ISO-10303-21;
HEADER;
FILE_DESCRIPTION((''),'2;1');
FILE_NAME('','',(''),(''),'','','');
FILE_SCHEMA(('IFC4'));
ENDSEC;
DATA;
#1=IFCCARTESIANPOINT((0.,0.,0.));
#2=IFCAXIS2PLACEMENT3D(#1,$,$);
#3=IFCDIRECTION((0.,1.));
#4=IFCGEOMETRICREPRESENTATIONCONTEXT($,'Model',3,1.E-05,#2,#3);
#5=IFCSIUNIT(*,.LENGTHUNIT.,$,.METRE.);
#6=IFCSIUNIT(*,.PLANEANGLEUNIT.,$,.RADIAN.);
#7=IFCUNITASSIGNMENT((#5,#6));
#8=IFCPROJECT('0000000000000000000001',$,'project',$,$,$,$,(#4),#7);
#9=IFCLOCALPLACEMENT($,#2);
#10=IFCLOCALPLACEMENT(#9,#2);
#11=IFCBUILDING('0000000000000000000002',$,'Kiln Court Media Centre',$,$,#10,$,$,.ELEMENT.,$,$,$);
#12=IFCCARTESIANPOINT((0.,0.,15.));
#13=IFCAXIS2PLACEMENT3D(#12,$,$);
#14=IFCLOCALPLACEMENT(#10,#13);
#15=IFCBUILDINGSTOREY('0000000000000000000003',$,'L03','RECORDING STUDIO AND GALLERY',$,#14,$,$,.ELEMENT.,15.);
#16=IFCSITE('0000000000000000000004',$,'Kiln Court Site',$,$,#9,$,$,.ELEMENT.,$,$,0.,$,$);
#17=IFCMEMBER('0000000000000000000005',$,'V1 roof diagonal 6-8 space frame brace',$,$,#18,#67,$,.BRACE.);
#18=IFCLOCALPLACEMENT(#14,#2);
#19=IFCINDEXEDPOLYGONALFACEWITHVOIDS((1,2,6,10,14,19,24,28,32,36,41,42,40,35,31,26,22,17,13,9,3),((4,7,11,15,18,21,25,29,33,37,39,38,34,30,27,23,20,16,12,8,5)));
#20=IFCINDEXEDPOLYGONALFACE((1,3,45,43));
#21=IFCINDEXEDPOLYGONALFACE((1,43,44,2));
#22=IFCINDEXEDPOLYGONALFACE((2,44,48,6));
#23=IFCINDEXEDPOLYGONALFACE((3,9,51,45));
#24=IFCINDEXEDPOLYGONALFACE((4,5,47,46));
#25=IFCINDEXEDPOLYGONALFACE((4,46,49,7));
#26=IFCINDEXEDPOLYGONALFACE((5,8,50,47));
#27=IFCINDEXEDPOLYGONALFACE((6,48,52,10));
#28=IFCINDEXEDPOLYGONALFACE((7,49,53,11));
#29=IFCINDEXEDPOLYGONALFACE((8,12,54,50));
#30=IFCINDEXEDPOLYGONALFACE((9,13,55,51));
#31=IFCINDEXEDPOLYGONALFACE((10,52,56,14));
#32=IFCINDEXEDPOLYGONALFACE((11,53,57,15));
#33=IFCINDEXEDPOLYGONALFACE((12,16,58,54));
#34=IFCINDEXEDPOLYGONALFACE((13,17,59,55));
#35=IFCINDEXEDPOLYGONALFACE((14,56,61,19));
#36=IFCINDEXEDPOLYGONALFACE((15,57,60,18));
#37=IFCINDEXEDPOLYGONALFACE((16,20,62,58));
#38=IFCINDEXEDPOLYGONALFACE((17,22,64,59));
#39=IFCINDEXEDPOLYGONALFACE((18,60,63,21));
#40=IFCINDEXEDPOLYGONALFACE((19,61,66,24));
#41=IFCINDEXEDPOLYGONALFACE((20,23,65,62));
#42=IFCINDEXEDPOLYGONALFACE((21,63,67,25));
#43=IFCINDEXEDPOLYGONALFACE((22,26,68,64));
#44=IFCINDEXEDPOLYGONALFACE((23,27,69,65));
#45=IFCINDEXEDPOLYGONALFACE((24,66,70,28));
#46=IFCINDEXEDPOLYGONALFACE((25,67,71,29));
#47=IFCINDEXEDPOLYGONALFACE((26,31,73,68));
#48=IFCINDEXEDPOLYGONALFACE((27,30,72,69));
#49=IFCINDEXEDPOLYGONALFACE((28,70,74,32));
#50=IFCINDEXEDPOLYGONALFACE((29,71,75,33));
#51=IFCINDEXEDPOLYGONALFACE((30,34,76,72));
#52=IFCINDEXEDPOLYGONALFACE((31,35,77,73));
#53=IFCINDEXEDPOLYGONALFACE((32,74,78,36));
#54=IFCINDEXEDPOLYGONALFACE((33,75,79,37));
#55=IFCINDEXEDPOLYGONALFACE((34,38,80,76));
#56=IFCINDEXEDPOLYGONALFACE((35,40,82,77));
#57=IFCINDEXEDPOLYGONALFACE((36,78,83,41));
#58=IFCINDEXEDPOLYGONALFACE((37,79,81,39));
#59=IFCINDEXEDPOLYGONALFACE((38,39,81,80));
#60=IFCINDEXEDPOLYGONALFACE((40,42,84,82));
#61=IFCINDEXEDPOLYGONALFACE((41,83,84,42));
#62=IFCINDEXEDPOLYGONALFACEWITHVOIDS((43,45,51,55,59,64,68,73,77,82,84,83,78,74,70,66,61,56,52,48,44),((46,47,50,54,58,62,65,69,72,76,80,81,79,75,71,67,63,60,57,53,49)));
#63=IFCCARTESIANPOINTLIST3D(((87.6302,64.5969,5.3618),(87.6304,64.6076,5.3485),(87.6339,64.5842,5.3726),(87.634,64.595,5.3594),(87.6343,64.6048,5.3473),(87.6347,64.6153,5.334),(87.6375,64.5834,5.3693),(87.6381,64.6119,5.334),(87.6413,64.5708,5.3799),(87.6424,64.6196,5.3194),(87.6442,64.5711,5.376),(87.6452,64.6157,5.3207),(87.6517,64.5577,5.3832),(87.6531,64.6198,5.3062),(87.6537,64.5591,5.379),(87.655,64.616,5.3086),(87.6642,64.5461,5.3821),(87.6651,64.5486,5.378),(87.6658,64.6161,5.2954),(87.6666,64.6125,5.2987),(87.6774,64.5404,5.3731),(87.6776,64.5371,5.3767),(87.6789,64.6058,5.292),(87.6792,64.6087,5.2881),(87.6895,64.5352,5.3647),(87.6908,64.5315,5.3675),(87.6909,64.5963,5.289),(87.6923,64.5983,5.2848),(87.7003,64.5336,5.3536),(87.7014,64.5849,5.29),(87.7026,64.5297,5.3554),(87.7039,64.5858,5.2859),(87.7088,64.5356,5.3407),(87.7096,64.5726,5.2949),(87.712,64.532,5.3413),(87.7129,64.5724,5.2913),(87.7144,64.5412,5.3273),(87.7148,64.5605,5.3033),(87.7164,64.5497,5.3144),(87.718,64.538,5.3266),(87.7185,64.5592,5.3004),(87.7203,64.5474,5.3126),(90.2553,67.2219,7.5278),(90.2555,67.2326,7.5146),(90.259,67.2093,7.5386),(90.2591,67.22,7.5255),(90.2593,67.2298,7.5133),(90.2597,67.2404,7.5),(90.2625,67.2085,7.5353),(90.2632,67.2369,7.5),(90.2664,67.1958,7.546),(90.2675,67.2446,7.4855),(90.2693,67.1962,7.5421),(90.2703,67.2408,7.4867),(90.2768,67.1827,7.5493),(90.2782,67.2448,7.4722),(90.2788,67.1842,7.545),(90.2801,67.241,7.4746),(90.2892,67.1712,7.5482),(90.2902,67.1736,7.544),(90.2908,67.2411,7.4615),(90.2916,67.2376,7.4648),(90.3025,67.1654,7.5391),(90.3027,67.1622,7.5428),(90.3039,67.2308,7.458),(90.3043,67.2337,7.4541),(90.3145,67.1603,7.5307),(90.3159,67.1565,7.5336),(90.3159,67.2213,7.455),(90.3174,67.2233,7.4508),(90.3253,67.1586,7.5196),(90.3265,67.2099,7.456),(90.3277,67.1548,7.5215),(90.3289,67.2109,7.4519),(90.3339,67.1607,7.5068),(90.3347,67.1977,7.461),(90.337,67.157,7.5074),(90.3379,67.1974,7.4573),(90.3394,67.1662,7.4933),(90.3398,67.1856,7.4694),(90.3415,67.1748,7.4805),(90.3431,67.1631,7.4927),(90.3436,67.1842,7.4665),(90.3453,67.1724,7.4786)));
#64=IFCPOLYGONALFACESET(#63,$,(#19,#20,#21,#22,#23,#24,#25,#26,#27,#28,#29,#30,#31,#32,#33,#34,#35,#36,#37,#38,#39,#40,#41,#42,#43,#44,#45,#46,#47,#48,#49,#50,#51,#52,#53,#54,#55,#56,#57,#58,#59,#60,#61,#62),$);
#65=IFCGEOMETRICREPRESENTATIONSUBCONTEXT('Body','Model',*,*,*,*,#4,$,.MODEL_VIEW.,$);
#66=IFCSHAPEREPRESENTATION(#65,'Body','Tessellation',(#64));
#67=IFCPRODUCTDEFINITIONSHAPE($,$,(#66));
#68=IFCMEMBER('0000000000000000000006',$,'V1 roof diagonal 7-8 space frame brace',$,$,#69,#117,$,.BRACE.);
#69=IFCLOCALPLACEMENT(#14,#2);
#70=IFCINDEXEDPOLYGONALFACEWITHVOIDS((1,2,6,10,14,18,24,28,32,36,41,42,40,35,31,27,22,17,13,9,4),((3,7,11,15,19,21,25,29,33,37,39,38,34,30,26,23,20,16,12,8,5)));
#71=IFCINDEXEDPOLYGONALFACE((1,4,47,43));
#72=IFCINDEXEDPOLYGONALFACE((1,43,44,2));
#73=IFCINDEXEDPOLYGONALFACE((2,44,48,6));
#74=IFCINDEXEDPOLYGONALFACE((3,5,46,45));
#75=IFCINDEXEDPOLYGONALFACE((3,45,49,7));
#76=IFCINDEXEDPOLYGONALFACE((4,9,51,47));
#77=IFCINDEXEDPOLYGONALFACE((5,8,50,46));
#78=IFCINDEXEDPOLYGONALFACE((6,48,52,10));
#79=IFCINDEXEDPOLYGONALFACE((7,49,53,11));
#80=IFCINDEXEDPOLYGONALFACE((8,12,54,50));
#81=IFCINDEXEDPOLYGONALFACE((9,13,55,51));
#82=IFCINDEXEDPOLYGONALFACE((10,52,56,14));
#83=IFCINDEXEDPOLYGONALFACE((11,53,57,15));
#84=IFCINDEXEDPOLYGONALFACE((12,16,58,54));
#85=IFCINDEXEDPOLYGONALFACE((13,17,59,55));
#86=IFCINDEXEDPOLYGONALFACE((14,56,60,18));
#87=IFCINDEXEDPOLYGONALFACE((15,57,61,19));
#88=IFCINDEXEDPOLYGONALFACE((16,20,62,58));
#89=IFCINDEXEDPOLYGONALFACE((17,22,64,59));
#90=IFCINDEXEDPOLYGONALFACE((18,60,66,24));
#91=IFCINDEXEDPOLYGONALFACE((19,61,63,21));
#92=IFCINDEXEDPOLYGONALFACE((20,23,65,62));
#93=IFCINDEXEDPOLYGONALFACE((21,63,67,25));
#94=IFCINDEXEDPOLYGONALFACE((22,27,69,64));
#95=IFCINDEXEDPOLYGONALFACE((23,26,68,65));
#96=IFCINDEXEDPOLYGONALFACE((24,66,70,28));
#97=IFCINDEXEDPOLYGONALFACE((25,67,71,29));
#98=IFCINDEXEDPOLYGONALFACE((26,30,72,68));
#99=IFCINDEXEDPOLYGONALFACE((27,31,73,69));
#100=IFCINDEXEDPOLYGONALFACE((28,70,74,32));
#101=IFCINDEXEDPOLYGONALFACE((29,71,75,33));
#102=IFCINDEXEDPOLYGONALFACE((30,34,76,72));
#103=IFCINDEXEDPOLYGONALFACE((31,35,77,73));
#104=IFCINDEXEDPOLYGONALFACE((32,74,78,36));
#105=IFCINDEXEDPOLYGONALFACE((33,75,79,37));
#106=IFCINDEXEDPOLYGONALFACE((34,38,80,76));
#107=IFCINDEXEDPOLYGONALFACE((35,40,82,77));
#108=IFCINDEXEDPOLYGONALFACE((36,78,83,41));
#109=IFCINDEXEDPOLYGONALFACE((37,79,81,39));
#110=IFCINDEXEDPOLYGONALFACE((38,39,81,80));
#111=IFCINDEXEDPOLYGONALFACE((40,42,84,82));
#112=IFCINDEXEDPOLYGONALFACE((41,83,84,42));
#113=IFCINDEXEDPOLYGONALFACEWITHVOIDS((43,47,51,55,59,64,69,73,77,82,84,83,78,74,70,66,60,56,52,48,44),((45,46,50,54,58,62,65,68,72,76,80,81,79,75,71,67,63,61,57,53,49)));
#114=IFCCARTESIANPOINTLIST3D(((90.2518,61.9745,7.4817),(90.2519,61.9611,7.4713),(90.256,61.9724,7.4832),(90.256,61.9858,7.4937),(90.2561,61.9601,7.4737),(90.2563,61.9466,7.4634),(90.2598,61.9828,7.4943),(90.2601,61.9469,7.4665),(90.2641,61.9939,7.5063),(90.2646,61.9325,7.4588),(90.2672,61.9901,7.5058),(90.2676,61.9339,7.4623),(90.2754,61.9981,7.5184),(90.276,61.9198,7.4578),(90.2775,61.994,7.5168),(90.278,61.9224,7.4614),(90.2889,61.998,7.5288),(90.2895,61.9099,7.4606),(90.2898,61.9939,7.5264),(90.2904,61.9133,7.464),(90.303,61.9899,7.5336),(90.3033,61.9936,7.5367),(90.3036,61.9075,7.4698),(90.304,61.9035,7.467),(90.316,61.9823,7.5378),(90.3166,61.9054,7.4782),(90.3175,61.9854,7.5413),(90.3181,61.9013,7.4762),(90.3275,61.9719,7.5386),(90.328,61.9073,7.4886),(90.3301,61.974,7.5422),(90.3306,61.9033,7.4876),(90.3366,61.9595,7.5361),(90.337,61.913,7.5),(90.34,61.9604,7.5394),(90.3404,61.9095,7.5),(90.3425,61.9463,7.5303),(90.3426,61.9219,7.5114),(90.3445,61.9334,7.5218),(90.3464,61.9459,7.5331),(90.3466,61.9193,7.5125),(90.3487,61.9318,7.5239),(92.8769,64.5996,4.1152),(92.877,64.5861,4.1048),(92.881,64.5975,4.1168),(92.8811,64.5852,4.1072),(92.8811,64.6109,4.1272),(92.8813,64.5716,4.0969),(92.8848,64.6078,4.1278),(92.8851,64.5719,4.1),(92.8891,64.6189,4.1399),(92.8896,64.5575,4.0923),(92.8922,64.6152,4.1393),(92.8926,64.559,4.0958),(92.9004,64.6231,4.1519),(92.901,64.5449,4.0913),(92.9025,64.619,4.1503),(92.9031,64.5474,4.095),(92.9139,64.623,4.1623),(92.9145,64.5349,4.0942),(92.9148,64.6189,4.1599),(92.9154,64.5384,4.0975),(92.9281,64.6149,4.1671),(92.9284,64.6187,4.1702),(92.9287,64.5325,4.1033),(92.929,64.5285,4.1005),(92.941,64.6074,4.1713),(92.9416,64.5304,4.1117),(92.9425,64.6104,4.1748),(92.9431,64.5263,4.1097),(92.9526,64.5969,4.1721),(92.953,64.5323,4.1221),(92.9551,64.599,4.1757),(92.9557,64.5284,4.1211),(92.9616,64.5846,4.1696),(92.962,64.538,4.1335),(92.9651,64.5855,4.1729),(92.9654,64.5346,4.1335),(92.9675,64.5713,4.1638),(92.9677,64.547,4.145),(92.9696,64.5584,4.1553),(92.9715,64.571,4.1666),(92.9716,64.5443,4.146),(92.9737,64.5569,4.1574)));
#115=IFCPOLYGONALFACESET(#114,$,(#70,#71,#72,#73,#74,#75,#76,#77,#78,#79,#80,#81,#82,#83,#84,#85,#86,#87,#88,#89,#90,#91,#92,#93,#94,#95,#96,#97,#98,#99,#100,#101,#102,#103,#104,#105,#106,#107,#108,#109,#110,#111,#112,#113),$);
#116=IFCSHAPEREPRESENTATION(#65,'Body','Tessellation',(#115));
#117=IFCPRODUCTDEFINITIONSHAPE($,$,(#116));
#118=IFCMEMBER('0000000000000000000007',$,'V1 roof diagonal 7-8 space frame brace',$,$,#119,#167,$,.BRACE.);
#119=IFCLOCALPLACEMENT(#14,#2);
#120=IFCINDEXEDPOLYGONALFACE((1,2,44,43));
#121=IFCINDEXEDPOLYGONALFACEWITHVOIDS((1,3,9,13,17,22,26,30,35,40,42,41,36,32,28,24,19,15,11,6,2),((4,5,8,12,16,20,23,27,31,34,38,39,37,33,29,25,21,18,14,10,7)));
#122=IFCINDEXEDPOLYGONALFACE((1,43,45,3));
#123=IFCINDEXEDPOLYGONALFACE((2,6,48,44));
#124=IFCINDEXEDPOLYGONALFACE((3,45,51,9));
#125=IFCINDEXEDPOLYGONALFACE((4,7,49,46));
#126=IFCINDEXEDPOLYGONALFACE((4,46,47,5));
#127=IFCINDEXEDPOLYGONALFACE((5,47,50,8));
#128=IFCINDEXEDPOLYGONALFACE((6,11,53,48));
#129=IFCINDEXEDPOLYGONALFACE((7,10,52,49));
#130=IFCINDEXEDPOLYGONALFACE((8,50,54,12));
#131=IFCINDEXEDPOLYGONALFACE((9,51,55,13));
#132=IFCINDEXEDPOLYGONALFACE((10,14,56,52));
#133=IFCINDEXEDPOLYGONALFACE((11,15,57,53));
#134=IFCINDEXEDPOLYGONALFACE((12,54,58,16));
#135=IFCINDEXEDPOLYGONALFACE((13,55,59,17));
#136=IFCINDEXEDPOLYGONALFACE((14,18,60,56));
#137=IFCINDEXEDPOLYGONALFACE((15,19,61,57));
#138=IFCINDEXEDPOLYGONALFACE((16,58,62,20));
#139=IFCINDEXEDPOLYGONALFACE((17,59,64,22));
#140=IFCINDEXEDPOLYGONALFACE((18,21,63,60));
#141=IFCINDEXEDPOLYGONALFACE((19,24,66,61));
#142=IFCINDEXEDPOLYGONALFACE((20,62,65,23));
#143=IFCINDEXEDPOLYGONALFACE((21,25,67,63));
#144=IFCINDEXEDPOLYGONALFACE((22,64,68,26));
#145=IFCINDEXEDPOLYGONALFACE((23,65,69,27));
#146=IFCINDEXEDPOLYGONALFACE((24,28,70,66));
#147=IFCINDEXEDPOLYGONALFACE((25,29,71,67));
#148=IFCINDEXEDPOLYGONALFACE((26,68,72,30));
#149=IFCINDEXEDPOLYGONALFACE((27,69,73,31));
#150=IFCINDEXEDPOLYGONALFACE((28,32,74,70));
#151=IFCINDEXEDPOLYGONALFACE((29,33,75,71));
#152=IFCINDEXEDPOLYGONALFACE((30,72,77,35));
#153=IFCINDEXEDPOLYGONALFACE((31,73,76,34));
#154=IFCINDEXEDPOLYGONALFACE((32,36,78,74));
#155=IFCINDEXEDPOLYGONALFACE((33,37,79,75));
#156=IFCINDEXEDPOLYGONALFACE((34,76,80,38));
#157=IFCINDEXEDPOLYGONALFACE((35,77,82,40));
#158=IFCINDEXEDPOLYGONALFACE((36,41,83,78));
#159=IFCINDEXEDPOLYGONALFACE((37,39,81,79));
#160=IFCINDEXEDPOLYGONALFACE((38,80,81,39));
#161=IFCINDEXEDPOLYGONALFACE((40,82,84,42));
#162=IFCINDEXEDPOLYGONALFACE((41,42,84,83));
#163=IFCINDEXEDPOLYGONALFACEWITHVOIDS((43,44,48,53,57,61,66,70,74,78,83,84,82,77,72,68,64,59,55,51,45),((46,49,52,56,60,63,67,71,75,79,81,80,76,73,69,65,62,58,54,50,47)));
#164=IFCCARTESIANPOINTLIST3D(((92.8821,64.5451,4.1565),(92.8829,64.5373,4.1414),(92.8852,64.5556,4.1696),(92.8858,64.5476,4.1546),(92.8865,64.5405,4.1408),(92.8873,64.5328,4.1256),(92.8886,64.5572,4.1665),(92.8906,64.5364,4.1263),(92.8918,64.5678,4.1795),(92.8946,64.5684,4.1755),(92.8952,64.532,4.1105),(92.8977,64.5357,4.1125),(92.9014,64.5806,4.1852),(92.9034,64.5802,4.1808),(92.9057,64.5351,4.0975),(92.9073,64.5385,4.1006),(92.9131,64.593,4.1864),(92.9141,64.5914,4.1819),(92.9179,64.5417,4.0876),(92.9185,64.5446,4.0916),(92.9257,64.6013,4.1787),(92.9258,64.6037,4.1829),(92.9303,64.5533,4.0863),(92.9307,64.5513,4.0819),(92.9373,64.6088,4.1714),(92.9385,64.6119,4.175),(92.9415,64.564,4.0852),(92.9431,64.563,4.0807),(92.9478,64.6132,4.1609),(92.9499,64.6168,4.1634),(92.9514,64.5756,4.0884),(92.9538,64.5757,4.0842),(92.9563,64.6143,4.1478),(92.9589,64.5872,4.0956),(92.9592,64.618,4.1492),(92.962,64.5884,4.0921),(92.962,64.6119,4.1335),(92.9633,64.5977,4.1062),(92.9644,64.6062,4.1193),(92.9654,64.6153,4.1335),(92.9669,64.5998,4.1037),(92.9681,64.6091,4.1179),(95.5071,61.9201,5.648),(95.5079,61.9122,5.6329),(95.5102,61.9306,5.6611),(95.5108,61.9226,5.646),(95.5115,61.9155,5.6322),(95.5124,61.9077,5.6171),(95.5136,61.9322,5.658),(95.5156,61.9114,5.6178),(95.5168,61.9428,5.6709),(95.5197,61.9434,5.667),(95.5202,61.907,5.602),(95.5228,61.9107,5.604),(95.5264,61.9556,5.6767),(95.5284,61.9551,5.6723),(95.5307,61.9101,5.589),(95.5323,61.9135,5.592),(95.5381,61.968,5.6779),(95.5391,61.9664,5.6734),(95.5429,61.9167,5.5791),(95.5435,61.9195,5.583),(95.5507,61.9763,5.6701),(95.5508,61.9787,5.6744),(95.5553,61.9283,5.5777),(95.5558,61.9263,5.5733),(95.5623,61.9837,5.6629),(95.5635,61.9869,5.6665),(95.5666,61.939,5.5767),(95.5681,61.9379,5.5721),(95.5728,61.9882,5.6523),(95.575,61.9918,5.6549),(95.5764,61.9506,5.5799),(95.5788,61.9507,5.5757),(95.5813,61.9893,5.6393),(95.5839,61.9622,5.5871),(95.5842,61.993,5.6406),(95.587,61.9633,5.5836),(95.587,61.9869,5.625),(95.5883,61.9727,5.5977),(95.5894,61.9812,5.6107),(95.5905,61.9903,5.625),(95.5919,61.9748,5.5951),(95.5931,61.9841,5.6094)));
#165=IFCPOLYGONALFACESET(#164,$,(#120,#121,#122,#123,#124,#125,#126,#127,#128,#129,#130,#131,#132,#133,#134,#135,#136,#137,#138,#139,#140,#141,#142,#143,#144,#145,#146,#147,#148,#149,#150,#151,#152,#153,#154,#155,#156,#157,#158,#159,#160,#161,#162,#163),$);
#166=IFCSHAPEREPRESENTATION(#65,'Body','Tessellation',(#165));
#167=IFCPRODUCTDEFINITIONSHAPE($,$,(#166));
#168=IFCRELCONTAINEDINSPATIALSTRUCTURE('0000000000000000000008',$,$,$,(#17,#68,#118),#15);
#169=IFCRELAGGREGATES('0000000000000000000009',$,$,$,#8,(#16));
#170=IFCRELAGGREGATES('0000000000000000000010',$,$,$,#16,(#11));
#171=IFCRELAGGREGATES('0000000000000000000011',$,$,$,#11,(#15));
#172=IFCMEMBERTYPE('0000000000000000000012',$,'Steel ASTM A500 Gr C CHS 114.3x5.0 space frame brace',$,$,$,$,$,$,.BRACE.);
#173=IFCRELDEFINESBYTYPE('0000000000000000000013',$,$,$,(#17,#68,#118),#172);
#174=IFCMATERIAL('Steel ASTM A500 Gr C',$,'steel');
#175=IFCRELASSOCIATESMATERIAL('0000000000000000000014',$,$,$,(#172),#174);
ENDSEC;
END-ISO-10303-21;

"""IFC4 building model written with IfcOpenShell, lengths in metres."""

from ifc_helpers import new_model, si_unit, direction, frame, origin, origin_2d, place, context, subcontext, project, spatial, hollow_circle, extrude, material, material_profile, profile_set, type_object, element, save


model = new_model("IFC4")

# Units and contexts
model_context = context("Model", 3, precision=1e-05, world=origin(), true_north=direction((0.0, 1.0)))
body_context = subcontext(model_context, "Body", "Model", "MODEL_VIEW")
ifc_project = project(units=[si_unit("LENGTHUNIT", "METRE"), si_unit("PLANEANGLEUNIT", "RADIAN")], contexts=[model_context])

# Site, building, storey
site_placement = place(None, origin())
site = spatial("IfcSite", under=ifc_project, at=site_placement, Name="Kiln Court Site", CompositionType="ELEMENT", RefElevation=0.0)
building_placement = place(site_placement, origin())
building = spatial("IfcBuilding", under=site, at=building_placement, Name="Kiln Court Media Centre", CompositionType="ELEMENT")
storey_placement = place(building_placement, frame((0.0, 0.0, 15.0)))
storey = spatial("IfcBuildingStorey", under=building, at=storey_placement, Name="L03", Description="RECORDING STUDIO AND GALLERY", CompositionType="ELEMENT", Elevation=15.0)

# Members
ifc_material_1 = material(Name="Steel ASTM A500 Gr C", Category="steel")
ifc_material_profile_1 = material_profile(ifc_material_1, hollow_circle(Radius=0.0571, WallThickness=0.0049, at=origin_2d()), Name="CHS 114.3x5.0")
ifc_profile_set_1 = profile_set([ifc_material_profile_1], Name="Steel ASTM A500 Gr C")
member_type_1 = type_object("IfcMemberType", Name="Steel ASTM A500 Gr C CHS 114.3x5.0 space frame brace", PredefinedType="BRACE", material=ifc_profile_set_1)
member_1_placement = place(storey_placement, frame((87.675, 64.575, 5.334), z_axis=(0.610748, 0.610748, 0.503958), x_axis=(-0.707107, 0.707107, 0.0)))
element("IfcMember", 1, at=member_1_placement, inside=storey, type_object=member_type_1, Name="V1 roof diagonal 6-8 space frame brace", PredefinedType="BRACE", context=body_context, shape_type="SweptSolid", body=[
    extrude(hollow_circle(Radius=0.0571, WallThickness=0.0049, at=origin_2d()), origin(), (0.0, 0.0, 1.0), 4.2981),
])
member_2_placement = place(storey_placement, frame((92.925, 64.575, 4.1335), z_axis=(-0.523804, -0.523804, 0.671758), x_axis=(0.707107, -0.707107, 0.0)))
element("IfcMember", 2, at=member_2_placement, inside=storey, type_object=member_type_1, Name="V1 roof diagonal 7-8 space frame brace", PredefinedType="BRACE", context=body_context, shape_type="SweptSolid", body=[
    extrude(hollow_circle(Radius=0.0571, WallThickness=0.0049, at=origin_2d()), origin(), (0.0, 0.0, 1.0), 5.0115),
])
member_3_placement = place(storey_placement, frame((92.925, 64.575, 4.1335), z_axis=(0.656133, -0.656133, 0.372798), x_axis=(0.707107, 0.707107, 0.0)))
element("IfcMember", 3, at=member_3_placement, inside=storey, type_object=member_type_1, Name="V1 roof diagonal 7-8 space frame brace", PredefinedType="BRACE", context=body_context, shape_type="SweptSolid", body=[
    extrude(hollow_circle(Radius=0.0571, WallThickness=0.0049, at=origin_2d()), origin(), (0.0, 0.0, 1.0), 4.0007),
])

save(model, "model.ifc")
